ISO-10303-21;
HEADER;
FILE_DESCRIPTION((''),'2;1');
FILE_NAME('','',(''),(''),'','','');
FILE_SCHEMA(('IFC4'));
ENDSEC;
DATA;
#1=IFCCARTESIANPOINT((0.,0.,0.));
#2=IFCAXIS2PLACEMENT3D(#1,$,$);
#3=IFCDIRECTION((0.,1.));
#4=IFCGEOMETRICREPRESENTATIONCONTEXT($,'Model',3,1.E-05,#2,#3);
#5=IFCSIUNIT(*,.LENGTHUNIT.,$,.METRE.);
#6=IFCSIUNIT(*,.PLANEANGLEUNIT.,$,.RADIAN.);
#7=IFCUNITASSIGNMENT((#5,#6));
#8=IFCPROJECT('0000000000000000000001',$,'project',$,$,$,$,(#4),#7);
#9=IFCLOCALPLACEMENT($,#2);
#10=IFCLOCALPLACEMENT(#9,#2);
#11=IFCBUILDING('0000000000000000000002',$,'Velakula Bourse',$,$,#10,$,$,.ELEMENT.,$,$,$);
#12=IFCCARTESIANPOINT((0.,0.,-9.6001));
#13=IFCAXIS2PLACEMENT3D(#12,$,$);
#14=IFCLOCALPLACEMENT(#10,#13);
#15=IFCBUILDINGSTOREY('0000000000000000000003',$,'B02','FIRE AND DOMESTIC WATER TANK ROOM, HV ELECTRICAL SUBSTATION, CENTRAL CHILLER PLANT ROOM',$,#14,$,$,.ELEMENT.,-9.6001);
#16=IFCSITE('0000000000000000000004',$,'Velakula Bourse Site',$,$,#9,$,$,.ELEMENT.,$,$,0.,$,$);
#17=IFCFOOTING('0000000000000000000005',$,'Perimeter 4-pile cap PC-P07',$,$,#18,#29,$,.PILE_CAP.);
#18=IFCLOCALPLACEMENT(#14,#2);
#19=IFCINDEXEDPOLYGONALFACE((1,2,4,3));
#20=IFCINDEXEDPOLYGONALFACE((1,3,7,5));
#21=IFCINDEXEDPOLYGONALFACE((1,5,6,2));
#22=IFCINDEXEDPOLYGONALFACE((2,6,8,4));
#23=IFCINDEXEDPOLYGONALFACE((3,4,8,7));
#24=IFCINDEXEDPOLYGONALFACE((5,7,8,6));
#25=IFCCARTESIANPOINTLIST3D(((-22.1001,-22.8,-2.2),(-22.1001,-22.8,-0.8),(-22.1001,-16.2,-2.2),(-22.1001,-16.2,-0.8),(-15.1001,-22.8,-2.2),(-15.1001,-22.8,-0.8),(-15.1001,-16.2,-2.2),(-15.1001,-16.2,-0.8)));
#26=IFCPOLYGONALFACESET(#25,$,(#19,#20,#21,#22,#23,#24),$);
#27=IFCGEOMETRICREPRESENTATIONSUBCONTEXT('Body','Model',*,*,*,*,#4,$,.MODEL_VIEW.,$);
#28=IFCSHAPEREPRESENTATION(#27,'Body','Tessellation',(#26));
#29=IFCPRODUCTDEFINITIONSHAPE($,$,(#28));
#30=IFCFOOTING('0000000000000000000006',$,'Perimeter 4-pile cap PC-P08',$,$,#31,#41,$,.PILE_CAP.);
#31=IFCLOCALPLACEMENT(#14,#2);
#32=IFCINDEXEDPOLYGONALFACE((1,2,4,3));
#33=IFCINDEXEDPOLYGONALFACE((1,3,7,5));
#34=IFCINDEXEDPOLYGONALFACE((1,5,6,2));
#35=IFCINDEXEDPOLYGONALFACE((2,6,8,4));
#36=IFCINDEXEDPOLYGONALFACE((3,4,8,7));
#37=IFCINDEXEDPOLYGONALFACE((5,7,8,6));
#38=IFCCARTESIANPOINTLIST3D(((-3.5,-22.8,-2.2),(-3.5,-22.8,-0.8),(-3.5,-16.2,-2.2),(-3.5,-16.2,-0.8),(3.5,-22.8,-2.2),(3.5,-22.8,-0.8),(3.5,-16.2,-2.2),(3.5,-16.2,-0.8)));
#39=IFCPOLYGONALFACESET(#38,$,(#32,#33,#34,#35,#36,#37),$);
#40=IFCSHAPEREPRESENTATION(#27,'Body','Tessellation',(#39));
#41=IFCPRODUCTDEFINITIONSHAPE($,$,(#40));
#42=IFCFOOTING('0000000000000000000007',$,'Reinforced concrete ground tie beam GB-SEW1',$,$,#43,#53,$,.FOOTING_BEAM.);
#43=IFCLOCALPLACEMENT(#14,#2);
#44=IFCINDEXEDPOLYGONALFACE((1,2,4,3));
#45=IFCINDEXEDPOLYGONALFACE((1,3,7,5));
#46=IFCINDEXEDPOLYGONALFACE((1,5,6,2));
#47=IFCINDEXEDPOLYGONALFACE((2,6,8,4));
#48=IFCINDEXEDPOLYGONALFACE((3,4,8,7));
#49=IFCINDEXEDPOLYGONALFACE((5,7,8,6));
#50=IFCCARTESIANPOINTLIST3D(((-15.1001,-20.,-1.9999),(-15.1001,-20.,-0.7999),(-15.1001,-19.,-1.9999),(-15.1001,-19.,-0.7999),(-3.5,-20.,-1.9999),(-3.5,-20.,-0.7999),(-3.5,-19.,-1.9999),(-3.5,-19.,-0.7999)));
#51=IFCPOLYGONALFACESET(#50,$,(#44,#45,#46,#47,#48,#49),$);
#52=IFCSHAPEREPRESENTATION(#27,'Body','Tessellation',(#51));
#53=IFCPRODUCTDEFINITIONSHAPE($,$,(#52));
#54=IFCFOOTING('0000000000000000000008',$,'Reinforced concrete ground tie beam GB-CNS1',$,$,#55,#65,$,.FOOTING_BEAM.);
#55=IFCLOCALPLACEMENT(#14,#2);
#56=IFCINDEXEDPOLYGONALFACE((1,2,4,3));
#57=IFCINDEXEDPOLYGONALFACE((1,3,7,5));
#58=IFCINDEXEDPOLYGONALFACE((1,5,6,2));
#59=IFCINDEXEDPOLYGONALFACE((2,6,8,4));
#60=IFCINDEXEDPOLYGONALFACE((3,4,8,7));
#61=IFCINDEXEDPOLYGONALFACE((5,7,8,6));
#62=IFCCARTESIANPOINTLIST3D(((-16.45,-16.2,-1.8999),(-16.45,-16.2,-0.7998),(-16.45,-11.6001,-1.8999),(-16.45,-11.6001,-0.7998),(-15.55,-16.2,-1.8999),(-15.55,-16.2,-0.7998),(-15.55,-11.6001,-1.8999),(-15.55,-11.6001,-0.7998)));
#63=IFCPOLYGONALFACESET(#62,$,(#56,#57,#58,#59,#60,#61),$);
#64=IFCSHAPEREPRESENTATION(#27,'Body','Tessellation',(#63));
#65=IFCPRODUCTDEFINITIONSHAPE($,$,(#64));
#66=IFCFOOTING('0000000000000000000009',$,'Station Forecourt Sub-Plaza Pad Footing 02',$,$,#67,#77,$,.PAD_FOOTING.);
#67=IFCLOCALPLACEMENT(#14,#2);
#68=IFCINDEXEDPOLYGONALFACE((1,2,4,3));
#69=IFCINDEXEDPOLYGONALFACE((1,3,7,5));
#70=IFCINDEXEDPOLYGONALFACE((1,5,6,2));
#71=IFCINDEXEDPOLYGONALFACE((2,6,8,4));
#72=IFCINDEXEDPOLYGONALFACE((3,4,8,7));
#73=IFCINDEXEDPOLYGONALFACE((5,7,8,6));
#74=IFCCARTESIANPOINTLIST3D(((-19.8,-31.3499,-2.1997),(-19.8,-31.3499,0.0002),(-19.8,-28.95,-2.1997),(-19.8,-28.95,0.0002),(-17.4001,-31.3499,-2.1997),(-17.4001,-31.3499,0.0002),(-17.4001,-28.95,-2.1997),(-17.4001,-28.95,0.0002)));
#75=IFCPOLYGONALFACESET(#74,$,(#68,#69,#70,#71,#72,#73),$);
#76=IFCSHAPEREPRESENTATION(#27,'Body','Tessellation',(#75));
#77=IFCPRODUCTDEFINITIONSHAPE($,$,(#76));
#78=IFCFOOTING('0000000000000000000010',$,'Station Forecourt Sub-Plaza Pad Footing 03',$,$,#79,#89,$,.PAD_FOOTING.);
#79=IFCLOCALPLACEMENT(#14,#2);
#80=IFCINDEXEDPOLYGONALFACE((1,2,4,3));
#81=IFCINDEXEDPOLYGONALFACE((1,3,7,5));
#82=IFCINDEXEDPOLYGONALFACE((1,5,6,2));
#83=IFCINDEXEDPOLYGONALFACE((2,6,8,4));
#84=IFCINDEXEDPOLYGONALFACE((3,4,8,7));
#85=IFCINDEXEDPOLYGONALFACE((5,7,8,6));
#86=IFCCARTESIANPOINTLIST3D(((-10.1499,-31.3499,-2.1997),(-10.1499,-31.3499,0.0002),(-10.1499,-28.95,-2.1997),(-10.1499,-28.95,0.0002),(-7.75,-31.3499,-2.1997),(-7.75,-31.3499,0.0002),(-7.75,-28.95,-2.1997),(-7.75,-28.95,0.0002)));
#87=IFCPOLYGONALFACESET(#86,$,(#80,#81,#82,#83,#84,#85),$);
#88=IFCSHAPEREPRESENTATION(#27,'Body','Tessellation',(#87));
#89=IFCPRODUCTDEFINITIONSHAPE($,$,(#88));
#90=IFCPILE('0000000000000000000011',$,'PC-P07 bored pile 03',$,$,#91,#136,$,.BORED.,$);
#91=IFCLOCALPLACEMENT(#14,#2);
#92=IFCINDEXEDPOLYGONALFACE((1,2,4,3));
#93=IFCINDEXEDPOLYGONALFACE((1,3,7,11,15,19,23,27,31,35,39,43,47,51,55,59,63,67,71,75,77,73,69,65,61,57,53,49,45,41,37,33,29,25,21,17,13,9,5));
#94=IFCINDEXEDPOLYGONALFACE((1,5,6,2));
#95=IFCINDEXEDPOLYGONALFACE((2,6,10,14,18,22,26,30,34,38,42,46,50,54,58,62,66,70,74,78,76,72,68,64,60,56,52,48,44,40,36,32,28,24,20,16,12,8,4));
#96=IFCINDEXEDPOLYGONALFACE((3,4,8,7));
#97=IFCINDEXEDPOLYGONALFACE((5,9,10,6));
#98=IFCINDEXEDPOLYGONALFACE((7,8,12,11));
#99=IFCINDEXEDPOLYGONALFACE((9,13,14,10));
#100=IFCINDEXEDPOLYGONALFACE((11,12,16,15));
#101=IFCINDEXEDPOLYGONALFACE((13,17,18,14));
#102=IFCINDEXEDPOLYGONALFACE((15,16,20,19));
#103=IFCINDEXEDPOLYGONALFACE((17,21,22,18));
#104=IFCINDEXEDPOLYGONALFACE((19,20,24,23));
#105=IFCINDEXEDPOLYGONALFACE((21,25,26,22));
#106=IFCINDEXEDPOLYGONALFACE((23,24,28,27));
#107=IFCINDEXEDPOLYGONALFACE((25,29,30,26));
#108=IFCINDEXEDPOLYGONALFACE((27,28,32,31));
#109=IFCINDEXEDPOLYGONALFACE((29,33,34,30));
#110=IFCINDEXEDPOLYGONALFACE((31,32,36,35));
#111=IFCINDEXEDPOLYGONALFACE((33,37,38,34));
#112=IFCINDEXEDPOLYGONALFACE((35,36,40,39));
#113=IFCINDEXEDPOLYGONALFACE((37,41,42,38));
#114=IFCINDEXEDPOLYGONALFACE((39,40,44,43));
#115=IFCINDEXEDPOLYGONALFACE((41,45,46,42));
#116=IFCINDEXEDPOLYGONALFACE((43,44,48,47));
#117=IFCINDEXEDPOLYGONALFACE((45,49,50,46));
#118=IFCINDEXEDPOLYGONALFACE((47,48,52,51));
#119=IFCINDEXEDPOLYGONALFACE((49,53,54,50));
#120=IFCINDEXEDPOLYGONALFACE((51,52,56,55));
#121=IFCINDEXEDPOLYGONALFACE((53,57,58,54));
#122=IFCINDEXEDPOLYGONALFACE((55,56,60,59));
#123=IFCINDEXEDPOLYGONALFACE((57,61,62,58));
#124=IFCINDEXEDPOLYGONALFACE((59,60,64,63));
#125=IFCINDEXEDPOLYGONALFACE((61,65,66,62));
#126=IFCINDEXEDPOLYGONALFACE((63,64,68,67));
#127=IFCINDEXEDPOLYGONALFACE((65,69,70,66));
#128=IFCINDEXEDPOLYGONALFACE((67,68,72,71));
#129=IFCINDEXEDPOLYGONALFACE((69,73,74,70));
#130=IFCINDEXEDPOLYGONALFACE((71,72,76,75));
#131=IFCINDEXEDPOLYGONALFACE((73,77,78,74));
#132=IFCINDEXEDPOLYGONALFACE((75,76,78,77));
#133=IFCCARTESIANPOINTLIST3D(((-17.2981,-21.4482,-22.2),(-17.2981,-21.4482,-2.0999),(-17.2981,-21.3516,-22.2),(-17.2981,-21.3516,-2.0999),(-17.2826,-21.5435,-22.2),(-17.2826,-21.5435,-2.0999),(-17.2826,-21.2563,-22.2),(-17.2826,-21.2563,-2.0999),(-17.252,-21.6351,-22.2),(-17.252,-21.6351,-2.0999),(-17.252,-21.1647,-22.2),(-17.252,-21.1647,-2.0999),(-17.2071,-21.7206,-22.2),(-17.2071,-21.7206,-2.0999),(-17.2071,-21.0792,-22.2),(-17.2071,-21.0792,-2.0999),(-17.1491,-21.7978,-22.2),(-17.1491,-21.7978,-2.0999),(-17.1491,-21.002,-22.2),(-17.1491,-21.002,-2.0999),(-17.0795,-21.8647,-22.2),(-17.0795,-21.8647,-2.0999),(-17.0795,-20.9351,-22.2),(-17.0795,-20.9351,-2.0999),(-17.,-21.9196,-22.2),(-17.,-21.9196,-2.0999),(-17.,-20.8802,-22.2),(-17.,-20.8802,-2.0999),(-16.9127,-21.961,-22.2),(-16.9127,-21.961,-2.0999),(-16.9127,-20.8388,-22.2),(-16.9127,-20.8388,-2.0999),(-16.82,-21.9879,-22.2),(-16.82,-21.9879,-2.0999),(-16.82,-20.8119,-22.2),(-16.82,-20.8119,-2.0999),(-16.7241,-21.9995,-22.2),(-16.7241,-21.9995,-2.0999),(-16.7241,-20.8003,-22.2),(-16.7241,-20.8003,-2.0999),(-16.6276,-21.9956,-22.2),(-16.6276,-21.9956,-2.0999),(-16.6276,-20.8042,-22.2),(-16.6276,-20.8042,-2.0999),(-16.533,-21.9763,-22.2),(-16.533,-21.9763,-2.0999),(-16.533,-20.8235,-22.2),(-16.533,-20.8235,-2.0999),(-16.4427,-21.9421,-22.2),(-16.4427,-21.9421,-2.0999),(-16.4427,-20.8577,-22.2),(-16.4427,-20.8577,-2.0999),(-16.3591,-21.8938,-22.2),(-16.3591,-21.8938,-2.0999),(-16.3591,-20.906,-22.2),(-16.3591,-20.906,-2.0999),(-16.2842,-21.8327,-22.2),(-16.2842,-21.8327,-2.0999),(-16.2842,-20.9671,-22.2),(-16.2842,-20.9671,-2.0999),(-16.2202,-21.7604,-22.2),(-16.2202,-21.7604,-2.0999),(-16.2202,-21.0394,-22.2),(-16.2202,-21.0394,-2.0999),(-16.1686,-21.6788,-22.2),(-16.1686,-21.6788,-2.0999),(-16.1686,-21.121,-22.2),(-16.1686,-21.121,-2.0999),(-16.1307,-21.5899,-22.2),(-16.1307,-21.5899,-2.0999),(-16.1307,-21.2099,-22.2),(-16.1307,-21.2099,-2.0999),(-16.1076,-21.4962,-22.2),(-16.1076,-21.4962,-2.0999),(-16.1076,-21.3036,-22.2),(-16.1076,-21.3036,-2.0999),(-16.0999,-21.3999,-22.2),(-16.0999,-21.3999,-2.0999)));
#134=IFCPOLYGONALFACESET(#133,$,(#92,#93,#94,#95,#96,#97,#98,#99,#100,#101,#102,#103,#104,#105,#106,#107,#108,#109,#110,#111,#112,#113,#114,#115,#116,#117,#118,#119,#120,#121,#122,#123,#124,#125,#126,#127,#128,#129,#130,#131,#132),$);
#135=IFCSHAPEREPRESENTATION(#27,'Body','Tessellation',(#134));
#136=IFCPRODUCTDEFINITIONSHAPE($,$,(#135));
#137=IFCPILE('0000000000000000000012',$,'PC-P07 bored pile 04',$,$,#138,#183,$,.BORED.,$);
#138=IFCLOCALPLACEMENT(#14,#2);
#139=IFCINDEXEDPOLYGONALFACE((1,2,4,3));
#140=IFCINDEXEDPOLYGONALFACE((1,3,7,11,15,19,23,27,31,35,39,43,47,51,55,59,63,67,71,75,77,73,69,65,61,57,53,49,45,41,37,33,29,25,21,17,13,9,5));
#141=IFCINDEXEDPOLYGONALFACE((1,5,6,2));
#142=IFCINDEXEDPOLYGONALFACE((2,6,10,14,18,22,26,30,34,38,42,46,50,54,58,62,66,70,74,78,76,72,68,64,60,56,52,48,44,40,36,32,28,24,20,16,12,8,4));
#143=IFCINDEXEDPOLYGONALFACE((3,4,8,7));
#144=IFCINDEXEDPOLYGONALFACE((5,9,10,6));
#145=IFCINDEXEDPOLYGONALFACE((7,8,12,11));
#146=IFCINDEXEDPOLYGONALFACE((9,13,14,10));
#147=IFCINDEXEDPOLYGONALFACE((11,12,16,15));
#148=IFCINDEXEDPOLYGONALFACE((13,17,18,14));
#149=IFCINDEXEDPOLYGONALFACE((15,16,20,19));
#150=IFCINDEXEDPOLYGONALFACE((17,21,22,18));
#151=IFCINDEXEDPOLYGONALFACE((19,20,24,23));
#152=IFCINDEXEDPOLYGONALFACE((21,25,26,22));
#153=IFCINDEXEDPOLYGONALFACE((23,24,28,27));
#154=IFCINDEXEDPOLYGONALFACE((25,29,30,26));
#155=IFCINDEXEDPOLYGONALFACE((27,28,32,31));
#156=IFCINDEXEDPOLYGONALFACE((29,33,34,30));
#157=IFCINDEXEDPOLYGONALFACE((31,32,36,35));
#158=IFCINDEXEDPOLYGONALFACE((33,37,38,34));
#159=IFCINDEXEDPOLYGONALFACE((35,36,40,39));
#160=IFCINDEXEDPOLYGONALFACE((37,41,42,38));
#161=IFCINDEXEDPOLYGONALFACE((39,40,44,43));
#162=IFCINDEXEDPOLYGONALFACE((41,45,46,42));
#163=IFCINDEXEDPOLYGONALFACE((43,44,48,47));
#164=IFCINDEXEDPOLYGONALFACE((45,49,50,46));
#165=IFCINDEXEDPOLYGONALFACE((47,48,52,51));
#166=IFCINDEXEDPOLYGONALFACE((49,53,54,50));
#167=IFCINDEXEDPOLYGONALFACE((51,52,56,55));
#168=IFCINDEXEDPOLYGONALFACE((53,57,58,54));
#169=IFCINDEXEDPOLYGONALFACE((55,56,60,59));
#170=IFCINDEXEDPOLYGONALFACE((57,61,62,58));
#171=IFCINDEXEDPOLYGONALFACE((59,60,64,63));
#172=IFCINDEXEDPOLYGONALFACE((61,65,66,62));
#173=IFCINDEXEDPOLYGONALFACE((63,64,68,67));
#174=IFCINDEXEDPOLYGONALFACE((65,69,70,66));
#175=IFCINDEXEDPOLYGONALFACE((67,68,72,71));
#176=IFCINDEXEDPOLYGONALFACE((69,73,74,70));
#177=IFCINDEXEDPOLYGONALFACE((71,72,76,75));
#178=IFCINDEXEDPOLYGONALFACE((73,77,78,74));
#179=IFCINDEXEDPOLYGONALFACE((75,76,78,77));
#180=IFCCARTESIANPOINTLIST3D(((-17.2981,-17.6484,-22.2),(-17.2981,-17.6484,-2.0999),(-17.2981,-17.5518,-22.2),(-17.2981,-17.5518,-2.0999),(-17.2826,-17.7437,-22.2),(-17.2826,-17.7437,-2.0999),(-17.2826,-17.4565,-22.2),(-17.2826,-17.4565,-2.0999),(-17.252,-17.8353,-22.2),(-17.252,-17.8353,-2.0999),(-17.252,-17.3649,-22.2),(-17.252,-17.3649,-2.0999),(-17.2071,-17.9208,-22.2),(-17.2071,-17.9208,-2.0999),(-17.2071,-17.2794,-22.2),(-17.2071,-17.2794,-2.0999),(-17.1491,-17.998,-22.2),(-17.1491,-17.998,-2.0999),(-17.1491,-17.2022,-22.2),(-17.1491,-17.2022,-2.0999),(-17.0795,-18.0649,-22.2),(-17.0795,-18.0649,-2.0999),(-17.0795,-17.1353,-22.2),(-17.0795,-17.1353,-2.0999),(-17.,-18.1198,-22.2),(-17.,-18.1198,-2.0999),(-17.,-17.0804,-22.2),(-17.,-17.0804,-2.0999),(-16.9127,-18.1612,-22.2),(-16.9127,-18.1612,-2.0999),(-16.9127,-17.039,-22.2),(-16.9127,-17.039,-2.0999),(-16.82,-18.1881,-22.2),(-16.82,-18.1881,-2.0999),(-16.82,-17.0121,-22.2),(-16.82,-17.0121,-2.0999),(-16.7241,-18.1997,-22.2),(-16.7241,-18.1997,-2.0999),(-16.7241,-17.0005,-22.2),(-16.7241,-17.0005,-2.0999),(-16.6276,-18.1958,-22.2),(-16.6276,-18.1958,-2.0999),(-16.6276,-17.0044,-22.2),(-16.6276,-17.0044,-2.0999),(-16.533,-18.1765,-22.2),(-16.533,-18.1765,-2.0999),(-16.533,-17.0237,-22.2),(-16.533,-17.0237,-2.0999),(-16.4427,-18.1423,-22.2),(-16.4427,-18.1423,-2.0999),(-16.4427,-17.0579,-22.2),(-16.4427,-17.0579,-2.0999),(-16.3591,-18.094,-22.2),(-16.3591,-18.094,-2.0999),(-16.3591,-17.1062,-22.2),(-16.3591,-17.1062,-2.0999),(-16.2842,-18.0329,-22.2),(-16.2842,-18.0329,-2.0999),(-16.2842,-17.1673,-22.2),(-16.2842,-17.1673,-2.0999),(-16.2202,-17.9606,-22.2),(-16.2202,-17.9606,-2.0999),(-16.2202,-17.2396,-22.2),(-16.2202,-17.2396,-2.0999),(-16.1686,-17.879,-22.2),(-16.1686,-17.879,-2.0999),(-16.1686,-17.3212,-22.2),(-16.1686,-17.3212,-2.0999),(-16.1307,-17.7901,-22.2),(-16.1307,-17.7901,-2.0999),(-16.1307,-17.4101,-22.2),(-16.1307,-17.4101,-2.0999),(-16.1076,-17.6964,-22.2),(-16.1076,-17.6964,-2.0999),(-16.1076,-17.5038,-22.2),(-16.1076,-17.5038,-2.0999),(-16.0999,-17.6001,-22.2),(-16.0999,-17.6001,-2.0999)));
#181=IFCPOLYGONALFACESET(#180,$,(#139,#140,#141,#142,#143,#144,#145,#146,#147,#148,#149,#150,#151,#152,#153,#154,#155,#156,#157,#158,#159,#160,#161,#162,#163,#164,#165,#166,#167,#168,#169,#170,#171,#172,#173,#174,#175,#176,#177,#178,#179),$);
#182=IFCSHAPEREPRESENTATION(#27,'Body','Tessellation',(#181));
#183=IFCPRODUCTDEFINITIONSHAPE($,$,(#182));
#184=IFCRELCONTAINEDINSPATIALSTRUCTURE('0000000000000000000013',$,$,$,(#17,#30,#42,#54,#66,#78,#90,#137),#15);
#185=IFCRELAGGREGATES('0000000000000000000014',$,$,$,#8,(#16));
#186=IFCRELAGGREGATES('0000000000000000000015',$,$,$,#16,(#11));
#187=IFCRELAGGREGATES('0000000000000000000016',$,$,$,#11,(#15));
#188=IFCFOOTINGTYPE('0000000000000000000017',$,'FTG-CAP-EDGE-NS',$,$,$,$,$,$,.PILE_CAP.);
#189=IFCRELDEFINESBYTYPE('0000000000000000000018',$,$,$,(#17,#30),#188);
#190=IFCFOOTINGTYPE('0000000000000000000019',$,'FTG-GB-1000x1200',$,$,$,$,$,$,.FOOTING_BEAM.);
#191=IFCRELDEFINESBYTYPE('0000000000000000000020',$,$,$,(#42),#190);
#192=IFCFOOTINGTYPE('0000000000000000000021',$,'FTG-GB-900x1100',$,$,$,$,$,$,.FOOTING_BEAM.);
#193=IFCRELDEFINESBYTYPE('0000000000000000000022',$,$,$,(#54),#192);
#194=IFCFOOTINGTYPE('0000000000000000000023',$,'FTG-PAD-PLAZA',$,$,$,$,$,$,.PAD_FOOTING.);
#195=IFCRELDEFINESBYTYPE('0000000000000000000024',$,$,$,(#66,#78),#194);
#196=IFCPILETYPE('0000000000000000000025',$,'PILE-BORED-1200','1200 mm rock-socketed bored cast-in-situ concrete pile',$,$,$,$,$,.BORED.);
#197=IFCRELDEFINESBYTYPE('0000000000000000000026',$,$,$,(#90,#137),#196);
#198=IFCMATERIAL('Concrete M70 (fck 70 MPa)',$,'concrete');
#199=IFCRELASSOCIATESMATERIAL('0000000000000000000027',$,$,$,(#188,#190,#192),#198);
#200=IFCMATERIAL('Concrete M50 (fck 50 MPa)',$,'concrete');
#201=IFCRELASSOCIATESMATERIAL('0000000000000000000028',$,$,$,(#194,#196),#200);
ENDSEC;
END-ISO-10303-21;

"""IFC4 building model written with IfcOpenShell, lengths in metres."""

from ifc_helpers import new_model, si_unit, direction, frame, origin, origin_2d, place, context, subcontext, project, spatial, rectangle, circle, extrude, material, material_profile, profile_set, type_object, element, save


model = new_model("IFC4")

# Units and contexts
model_context = context("Model", 3, precision=1e-05, world=origin(), true_north=direction((0.0, 1.0)))
body_context = subcontext(model_context, "Body", "Model", "MODEL_VIEW")
ifc_project = project(units=[si_unit("LENGTHUNIT", "METRE"), si_unit("PLANEANGLEUNIT", "RADIAN")], contexts=[model_context])

# Site, building, storey
site_placement = place(None, origin())
site = spatial("IfcSite", under=ifc_project, at=site_placement, Name="Velakula Bourse Site", CompositionType="ELEMENT", RefElevation=0.0)
building_placement = place(site_placement, origin())
building = spatial("IfcBuilding", under=site, at=building_placement, Name="Velakula Bourse", CompositionType="ELEMENT")
storey_placement = place(building_placement, frame((0.0, 0.0, -9.6001)))
storey = spatial("IfcBuildingStorey", under=building, at=storey_placement, Name="B02", Description="FIRE AND DOMESTIC WATER TANK ROOM, HV ELECTRICAL SUBSTATION, CENTRAL CHILLER PLANT ROOM", CompositionType="ELEMENT", Elevation=-9.6001)

# Footings
ifc_material_1 = material(Name="Concrete M70 (fck 70 MPa)", Category="concrete")
footing_type_1 = type_object("IfcFootingType", Name="FTG-CAP-EDGE-NS", PredefinedType="PILE_CAP", material=ifc_material_1)
for number, where, z_axis, x_axis, name in (
    (1, (-18.6001, -19.5, -2.2), (0.0, 0.0, 1.0), (1.0, 0.0, 0.0), "Perimeter 4-pile cap PC-P07"),
    (2, (0.0, -19.5, -2.2), (0.0, 0.0, 1.0), (1.0, 0.0, 0.0), "Perimeter 4-pile cap PC-P08"),
):
    element("IfcFooting", number, at=place(storey_placement, frame(where, z_axis=z_axis, x_axis=x_axis)), inside=storey, type_object=footing_type_1, Name=name, PredefinedType="PILE_CAP", context=body_context, shape_type="SweptSolid", body=[
        extrude(rectangle(XDim=7.0, YDim=6.6001, at=origin_2d()), origin(), (0.0, 0.0, 1.0), 1.3999),
    ])
ifc_material_profile_1 = material_profile(ifc_material_1, rectangle(XDim=1.0, YDim=1.2, at=origin_2d()), Name="Concrete M70 (fck 70 MPa)")
ifc_profile_set_1 = profile_set([ifc_material_profile_1], Name="Concrete M70 (fck 70 MPa)")
footing_type_2 = type_object("IfcFootingType", Name="FTG-GB-1000x1200", PredefinedType="FOOTING_BEAM", material=ifc_profile_set_1)
footing_1_placement = place(storey_placement, frame((-15.1001, -19.5, -1.3999), z_axis=(1.0, 0.0, 0.0), x_axis=(0.0, 1.0, 0.0)))
element("IfcFooting", 3, at=footing_1_placement, inside=storey, type_object=footing_type_2, Name="Reinforced concrete ground tie beam GB-SEW1", PredefinedType="FOOTING_BEAM", context=body_context, shape_type="SweptSolid", body=[
    extrude(rectangle(XDim=1.0, YDim=1.2, at=origin_2d()), origin(), (0.0, 0.0, 1.0), 11.6001),
])
ifc_material_profile_2 = material_profile(ifc_material_1, rectangle(XDim=0.8999, YDim=1.1001, at=origin_2d()), Name="Concrete M70 (fck 70 MPa)")
ifc_profile_set_2 = profile_set([ifc_material_profile_2], Name="Concrete M70 (fck 70 MPa)")
footing_type_3 = type_object("IfcFootingType", Name="FTG-GB-900x1100", PredefinedType="FOOTING_BEAM", material=ifc_profile_set_2)
footing_2_placement = place(storey_placement, frame((-16.0, -16.2, -1.3499), z_axis=(0.0, 1.0, 0.0), x_axis=(-1.0, 0.0, 0.0)))
element("IfcFooting", 4, at=footing_2_placement, inside=storey, type_object=footing_type_3, Name="Reinforced concrete ground tie beam GB-CNS1", PredefinedType="FOOTING_BEAM", context=body_context, shape_type="SweptSolid", body=[
    extrude(rectangle(XDim=0.8999, YDim=1.1001, at=origin_2d()), origin(), (0.0, 0.0, 1.0), 4.5999),
])
ifc_material_2 = material(Name="Concrete M50 (fck 50 MPa)", Category="concrete")
footing_type_4 = type_object("IfcFootingType", Name="FTG-PAD-PLAZA", PredefinedType="PAD_FOOTING", material=ifc_material_2)
for number, where, z_axis, x_axis, name in (
    (5, (-18.6001, -30.1499, -2.1997), (0.0, 0.0, 1.0), (1.0, 0.0, 0.0), "Station Forecourt Sub-Plaza Pad Footing 02"),
    (6, (-8.95, -30.1499, -2.1997), (0.0, 0.0, 1.0), (1.0, 0.0, 0.0), "Station Forecourt Sub-Plaza Pad Footing 03"),
):
    element("IfcFooting", number, at=place(storey_placement, frame(where, z_axis=z_axis, x_axis=x_axis)), inside=storey, type_object=footing_type_4, Name=name, PredefinedType="PAD_FOOTING", context=body_context, shape_type="SweptSolid", body=[
        extrude(rectangle(XDim=2.3999, YDim=2.3999, at=origin_2d()), origin(), (0.0, 0.0, 1.0), 2.2),
    ])

# Piles
ifc_material_profile_3 = material_profile(ifc_material_2, circle(Radius=0.6001, at=origin_2d()), Name="Concrete M50 (fck 50 MPa)")
ifc_profile_set_3 = profile_set([ifc_material_profile_3], Name="Concrete M50 (fck 50 MPa)")
pile_type_1 = type_object("IfcPileType", Name="PILE-BORED-1200", Description="1200 mm rock-socketed bored cast-in-situ concrete pile", PredefinedType="BORED", material=ifc_profile_set_3)
for number, where, z_axis, x_axis, name in (
    (7, (-16.7, -21.3999, -2.0999), (0.0, 0.0, -1.0), (1.0, 0.0, 0.0), "PC-P07 bored pile 03"),
    (8, (-16.7, -17.6001, -2.0999), (0.0, 0.0, -1.0), (1.0, 0.0, 0.0), "PC-P07 bored pile 04"),
):
    element("IfcPile", number, at=place(storey_placement, frame(where, z_axis=z_axis, x_axis=x_axis)), inside=storey, type_object=pile_type_1, Name=name, PredefinedType="BORED", context=body_context, shape_type="SweptSolid", body=[
        extrude(circle(Radius=0.6001, at=origin_2d()), origin(), (0.0, 0.0, 1.0), 20.1001),
    ])

save(model, "model.ifc")
